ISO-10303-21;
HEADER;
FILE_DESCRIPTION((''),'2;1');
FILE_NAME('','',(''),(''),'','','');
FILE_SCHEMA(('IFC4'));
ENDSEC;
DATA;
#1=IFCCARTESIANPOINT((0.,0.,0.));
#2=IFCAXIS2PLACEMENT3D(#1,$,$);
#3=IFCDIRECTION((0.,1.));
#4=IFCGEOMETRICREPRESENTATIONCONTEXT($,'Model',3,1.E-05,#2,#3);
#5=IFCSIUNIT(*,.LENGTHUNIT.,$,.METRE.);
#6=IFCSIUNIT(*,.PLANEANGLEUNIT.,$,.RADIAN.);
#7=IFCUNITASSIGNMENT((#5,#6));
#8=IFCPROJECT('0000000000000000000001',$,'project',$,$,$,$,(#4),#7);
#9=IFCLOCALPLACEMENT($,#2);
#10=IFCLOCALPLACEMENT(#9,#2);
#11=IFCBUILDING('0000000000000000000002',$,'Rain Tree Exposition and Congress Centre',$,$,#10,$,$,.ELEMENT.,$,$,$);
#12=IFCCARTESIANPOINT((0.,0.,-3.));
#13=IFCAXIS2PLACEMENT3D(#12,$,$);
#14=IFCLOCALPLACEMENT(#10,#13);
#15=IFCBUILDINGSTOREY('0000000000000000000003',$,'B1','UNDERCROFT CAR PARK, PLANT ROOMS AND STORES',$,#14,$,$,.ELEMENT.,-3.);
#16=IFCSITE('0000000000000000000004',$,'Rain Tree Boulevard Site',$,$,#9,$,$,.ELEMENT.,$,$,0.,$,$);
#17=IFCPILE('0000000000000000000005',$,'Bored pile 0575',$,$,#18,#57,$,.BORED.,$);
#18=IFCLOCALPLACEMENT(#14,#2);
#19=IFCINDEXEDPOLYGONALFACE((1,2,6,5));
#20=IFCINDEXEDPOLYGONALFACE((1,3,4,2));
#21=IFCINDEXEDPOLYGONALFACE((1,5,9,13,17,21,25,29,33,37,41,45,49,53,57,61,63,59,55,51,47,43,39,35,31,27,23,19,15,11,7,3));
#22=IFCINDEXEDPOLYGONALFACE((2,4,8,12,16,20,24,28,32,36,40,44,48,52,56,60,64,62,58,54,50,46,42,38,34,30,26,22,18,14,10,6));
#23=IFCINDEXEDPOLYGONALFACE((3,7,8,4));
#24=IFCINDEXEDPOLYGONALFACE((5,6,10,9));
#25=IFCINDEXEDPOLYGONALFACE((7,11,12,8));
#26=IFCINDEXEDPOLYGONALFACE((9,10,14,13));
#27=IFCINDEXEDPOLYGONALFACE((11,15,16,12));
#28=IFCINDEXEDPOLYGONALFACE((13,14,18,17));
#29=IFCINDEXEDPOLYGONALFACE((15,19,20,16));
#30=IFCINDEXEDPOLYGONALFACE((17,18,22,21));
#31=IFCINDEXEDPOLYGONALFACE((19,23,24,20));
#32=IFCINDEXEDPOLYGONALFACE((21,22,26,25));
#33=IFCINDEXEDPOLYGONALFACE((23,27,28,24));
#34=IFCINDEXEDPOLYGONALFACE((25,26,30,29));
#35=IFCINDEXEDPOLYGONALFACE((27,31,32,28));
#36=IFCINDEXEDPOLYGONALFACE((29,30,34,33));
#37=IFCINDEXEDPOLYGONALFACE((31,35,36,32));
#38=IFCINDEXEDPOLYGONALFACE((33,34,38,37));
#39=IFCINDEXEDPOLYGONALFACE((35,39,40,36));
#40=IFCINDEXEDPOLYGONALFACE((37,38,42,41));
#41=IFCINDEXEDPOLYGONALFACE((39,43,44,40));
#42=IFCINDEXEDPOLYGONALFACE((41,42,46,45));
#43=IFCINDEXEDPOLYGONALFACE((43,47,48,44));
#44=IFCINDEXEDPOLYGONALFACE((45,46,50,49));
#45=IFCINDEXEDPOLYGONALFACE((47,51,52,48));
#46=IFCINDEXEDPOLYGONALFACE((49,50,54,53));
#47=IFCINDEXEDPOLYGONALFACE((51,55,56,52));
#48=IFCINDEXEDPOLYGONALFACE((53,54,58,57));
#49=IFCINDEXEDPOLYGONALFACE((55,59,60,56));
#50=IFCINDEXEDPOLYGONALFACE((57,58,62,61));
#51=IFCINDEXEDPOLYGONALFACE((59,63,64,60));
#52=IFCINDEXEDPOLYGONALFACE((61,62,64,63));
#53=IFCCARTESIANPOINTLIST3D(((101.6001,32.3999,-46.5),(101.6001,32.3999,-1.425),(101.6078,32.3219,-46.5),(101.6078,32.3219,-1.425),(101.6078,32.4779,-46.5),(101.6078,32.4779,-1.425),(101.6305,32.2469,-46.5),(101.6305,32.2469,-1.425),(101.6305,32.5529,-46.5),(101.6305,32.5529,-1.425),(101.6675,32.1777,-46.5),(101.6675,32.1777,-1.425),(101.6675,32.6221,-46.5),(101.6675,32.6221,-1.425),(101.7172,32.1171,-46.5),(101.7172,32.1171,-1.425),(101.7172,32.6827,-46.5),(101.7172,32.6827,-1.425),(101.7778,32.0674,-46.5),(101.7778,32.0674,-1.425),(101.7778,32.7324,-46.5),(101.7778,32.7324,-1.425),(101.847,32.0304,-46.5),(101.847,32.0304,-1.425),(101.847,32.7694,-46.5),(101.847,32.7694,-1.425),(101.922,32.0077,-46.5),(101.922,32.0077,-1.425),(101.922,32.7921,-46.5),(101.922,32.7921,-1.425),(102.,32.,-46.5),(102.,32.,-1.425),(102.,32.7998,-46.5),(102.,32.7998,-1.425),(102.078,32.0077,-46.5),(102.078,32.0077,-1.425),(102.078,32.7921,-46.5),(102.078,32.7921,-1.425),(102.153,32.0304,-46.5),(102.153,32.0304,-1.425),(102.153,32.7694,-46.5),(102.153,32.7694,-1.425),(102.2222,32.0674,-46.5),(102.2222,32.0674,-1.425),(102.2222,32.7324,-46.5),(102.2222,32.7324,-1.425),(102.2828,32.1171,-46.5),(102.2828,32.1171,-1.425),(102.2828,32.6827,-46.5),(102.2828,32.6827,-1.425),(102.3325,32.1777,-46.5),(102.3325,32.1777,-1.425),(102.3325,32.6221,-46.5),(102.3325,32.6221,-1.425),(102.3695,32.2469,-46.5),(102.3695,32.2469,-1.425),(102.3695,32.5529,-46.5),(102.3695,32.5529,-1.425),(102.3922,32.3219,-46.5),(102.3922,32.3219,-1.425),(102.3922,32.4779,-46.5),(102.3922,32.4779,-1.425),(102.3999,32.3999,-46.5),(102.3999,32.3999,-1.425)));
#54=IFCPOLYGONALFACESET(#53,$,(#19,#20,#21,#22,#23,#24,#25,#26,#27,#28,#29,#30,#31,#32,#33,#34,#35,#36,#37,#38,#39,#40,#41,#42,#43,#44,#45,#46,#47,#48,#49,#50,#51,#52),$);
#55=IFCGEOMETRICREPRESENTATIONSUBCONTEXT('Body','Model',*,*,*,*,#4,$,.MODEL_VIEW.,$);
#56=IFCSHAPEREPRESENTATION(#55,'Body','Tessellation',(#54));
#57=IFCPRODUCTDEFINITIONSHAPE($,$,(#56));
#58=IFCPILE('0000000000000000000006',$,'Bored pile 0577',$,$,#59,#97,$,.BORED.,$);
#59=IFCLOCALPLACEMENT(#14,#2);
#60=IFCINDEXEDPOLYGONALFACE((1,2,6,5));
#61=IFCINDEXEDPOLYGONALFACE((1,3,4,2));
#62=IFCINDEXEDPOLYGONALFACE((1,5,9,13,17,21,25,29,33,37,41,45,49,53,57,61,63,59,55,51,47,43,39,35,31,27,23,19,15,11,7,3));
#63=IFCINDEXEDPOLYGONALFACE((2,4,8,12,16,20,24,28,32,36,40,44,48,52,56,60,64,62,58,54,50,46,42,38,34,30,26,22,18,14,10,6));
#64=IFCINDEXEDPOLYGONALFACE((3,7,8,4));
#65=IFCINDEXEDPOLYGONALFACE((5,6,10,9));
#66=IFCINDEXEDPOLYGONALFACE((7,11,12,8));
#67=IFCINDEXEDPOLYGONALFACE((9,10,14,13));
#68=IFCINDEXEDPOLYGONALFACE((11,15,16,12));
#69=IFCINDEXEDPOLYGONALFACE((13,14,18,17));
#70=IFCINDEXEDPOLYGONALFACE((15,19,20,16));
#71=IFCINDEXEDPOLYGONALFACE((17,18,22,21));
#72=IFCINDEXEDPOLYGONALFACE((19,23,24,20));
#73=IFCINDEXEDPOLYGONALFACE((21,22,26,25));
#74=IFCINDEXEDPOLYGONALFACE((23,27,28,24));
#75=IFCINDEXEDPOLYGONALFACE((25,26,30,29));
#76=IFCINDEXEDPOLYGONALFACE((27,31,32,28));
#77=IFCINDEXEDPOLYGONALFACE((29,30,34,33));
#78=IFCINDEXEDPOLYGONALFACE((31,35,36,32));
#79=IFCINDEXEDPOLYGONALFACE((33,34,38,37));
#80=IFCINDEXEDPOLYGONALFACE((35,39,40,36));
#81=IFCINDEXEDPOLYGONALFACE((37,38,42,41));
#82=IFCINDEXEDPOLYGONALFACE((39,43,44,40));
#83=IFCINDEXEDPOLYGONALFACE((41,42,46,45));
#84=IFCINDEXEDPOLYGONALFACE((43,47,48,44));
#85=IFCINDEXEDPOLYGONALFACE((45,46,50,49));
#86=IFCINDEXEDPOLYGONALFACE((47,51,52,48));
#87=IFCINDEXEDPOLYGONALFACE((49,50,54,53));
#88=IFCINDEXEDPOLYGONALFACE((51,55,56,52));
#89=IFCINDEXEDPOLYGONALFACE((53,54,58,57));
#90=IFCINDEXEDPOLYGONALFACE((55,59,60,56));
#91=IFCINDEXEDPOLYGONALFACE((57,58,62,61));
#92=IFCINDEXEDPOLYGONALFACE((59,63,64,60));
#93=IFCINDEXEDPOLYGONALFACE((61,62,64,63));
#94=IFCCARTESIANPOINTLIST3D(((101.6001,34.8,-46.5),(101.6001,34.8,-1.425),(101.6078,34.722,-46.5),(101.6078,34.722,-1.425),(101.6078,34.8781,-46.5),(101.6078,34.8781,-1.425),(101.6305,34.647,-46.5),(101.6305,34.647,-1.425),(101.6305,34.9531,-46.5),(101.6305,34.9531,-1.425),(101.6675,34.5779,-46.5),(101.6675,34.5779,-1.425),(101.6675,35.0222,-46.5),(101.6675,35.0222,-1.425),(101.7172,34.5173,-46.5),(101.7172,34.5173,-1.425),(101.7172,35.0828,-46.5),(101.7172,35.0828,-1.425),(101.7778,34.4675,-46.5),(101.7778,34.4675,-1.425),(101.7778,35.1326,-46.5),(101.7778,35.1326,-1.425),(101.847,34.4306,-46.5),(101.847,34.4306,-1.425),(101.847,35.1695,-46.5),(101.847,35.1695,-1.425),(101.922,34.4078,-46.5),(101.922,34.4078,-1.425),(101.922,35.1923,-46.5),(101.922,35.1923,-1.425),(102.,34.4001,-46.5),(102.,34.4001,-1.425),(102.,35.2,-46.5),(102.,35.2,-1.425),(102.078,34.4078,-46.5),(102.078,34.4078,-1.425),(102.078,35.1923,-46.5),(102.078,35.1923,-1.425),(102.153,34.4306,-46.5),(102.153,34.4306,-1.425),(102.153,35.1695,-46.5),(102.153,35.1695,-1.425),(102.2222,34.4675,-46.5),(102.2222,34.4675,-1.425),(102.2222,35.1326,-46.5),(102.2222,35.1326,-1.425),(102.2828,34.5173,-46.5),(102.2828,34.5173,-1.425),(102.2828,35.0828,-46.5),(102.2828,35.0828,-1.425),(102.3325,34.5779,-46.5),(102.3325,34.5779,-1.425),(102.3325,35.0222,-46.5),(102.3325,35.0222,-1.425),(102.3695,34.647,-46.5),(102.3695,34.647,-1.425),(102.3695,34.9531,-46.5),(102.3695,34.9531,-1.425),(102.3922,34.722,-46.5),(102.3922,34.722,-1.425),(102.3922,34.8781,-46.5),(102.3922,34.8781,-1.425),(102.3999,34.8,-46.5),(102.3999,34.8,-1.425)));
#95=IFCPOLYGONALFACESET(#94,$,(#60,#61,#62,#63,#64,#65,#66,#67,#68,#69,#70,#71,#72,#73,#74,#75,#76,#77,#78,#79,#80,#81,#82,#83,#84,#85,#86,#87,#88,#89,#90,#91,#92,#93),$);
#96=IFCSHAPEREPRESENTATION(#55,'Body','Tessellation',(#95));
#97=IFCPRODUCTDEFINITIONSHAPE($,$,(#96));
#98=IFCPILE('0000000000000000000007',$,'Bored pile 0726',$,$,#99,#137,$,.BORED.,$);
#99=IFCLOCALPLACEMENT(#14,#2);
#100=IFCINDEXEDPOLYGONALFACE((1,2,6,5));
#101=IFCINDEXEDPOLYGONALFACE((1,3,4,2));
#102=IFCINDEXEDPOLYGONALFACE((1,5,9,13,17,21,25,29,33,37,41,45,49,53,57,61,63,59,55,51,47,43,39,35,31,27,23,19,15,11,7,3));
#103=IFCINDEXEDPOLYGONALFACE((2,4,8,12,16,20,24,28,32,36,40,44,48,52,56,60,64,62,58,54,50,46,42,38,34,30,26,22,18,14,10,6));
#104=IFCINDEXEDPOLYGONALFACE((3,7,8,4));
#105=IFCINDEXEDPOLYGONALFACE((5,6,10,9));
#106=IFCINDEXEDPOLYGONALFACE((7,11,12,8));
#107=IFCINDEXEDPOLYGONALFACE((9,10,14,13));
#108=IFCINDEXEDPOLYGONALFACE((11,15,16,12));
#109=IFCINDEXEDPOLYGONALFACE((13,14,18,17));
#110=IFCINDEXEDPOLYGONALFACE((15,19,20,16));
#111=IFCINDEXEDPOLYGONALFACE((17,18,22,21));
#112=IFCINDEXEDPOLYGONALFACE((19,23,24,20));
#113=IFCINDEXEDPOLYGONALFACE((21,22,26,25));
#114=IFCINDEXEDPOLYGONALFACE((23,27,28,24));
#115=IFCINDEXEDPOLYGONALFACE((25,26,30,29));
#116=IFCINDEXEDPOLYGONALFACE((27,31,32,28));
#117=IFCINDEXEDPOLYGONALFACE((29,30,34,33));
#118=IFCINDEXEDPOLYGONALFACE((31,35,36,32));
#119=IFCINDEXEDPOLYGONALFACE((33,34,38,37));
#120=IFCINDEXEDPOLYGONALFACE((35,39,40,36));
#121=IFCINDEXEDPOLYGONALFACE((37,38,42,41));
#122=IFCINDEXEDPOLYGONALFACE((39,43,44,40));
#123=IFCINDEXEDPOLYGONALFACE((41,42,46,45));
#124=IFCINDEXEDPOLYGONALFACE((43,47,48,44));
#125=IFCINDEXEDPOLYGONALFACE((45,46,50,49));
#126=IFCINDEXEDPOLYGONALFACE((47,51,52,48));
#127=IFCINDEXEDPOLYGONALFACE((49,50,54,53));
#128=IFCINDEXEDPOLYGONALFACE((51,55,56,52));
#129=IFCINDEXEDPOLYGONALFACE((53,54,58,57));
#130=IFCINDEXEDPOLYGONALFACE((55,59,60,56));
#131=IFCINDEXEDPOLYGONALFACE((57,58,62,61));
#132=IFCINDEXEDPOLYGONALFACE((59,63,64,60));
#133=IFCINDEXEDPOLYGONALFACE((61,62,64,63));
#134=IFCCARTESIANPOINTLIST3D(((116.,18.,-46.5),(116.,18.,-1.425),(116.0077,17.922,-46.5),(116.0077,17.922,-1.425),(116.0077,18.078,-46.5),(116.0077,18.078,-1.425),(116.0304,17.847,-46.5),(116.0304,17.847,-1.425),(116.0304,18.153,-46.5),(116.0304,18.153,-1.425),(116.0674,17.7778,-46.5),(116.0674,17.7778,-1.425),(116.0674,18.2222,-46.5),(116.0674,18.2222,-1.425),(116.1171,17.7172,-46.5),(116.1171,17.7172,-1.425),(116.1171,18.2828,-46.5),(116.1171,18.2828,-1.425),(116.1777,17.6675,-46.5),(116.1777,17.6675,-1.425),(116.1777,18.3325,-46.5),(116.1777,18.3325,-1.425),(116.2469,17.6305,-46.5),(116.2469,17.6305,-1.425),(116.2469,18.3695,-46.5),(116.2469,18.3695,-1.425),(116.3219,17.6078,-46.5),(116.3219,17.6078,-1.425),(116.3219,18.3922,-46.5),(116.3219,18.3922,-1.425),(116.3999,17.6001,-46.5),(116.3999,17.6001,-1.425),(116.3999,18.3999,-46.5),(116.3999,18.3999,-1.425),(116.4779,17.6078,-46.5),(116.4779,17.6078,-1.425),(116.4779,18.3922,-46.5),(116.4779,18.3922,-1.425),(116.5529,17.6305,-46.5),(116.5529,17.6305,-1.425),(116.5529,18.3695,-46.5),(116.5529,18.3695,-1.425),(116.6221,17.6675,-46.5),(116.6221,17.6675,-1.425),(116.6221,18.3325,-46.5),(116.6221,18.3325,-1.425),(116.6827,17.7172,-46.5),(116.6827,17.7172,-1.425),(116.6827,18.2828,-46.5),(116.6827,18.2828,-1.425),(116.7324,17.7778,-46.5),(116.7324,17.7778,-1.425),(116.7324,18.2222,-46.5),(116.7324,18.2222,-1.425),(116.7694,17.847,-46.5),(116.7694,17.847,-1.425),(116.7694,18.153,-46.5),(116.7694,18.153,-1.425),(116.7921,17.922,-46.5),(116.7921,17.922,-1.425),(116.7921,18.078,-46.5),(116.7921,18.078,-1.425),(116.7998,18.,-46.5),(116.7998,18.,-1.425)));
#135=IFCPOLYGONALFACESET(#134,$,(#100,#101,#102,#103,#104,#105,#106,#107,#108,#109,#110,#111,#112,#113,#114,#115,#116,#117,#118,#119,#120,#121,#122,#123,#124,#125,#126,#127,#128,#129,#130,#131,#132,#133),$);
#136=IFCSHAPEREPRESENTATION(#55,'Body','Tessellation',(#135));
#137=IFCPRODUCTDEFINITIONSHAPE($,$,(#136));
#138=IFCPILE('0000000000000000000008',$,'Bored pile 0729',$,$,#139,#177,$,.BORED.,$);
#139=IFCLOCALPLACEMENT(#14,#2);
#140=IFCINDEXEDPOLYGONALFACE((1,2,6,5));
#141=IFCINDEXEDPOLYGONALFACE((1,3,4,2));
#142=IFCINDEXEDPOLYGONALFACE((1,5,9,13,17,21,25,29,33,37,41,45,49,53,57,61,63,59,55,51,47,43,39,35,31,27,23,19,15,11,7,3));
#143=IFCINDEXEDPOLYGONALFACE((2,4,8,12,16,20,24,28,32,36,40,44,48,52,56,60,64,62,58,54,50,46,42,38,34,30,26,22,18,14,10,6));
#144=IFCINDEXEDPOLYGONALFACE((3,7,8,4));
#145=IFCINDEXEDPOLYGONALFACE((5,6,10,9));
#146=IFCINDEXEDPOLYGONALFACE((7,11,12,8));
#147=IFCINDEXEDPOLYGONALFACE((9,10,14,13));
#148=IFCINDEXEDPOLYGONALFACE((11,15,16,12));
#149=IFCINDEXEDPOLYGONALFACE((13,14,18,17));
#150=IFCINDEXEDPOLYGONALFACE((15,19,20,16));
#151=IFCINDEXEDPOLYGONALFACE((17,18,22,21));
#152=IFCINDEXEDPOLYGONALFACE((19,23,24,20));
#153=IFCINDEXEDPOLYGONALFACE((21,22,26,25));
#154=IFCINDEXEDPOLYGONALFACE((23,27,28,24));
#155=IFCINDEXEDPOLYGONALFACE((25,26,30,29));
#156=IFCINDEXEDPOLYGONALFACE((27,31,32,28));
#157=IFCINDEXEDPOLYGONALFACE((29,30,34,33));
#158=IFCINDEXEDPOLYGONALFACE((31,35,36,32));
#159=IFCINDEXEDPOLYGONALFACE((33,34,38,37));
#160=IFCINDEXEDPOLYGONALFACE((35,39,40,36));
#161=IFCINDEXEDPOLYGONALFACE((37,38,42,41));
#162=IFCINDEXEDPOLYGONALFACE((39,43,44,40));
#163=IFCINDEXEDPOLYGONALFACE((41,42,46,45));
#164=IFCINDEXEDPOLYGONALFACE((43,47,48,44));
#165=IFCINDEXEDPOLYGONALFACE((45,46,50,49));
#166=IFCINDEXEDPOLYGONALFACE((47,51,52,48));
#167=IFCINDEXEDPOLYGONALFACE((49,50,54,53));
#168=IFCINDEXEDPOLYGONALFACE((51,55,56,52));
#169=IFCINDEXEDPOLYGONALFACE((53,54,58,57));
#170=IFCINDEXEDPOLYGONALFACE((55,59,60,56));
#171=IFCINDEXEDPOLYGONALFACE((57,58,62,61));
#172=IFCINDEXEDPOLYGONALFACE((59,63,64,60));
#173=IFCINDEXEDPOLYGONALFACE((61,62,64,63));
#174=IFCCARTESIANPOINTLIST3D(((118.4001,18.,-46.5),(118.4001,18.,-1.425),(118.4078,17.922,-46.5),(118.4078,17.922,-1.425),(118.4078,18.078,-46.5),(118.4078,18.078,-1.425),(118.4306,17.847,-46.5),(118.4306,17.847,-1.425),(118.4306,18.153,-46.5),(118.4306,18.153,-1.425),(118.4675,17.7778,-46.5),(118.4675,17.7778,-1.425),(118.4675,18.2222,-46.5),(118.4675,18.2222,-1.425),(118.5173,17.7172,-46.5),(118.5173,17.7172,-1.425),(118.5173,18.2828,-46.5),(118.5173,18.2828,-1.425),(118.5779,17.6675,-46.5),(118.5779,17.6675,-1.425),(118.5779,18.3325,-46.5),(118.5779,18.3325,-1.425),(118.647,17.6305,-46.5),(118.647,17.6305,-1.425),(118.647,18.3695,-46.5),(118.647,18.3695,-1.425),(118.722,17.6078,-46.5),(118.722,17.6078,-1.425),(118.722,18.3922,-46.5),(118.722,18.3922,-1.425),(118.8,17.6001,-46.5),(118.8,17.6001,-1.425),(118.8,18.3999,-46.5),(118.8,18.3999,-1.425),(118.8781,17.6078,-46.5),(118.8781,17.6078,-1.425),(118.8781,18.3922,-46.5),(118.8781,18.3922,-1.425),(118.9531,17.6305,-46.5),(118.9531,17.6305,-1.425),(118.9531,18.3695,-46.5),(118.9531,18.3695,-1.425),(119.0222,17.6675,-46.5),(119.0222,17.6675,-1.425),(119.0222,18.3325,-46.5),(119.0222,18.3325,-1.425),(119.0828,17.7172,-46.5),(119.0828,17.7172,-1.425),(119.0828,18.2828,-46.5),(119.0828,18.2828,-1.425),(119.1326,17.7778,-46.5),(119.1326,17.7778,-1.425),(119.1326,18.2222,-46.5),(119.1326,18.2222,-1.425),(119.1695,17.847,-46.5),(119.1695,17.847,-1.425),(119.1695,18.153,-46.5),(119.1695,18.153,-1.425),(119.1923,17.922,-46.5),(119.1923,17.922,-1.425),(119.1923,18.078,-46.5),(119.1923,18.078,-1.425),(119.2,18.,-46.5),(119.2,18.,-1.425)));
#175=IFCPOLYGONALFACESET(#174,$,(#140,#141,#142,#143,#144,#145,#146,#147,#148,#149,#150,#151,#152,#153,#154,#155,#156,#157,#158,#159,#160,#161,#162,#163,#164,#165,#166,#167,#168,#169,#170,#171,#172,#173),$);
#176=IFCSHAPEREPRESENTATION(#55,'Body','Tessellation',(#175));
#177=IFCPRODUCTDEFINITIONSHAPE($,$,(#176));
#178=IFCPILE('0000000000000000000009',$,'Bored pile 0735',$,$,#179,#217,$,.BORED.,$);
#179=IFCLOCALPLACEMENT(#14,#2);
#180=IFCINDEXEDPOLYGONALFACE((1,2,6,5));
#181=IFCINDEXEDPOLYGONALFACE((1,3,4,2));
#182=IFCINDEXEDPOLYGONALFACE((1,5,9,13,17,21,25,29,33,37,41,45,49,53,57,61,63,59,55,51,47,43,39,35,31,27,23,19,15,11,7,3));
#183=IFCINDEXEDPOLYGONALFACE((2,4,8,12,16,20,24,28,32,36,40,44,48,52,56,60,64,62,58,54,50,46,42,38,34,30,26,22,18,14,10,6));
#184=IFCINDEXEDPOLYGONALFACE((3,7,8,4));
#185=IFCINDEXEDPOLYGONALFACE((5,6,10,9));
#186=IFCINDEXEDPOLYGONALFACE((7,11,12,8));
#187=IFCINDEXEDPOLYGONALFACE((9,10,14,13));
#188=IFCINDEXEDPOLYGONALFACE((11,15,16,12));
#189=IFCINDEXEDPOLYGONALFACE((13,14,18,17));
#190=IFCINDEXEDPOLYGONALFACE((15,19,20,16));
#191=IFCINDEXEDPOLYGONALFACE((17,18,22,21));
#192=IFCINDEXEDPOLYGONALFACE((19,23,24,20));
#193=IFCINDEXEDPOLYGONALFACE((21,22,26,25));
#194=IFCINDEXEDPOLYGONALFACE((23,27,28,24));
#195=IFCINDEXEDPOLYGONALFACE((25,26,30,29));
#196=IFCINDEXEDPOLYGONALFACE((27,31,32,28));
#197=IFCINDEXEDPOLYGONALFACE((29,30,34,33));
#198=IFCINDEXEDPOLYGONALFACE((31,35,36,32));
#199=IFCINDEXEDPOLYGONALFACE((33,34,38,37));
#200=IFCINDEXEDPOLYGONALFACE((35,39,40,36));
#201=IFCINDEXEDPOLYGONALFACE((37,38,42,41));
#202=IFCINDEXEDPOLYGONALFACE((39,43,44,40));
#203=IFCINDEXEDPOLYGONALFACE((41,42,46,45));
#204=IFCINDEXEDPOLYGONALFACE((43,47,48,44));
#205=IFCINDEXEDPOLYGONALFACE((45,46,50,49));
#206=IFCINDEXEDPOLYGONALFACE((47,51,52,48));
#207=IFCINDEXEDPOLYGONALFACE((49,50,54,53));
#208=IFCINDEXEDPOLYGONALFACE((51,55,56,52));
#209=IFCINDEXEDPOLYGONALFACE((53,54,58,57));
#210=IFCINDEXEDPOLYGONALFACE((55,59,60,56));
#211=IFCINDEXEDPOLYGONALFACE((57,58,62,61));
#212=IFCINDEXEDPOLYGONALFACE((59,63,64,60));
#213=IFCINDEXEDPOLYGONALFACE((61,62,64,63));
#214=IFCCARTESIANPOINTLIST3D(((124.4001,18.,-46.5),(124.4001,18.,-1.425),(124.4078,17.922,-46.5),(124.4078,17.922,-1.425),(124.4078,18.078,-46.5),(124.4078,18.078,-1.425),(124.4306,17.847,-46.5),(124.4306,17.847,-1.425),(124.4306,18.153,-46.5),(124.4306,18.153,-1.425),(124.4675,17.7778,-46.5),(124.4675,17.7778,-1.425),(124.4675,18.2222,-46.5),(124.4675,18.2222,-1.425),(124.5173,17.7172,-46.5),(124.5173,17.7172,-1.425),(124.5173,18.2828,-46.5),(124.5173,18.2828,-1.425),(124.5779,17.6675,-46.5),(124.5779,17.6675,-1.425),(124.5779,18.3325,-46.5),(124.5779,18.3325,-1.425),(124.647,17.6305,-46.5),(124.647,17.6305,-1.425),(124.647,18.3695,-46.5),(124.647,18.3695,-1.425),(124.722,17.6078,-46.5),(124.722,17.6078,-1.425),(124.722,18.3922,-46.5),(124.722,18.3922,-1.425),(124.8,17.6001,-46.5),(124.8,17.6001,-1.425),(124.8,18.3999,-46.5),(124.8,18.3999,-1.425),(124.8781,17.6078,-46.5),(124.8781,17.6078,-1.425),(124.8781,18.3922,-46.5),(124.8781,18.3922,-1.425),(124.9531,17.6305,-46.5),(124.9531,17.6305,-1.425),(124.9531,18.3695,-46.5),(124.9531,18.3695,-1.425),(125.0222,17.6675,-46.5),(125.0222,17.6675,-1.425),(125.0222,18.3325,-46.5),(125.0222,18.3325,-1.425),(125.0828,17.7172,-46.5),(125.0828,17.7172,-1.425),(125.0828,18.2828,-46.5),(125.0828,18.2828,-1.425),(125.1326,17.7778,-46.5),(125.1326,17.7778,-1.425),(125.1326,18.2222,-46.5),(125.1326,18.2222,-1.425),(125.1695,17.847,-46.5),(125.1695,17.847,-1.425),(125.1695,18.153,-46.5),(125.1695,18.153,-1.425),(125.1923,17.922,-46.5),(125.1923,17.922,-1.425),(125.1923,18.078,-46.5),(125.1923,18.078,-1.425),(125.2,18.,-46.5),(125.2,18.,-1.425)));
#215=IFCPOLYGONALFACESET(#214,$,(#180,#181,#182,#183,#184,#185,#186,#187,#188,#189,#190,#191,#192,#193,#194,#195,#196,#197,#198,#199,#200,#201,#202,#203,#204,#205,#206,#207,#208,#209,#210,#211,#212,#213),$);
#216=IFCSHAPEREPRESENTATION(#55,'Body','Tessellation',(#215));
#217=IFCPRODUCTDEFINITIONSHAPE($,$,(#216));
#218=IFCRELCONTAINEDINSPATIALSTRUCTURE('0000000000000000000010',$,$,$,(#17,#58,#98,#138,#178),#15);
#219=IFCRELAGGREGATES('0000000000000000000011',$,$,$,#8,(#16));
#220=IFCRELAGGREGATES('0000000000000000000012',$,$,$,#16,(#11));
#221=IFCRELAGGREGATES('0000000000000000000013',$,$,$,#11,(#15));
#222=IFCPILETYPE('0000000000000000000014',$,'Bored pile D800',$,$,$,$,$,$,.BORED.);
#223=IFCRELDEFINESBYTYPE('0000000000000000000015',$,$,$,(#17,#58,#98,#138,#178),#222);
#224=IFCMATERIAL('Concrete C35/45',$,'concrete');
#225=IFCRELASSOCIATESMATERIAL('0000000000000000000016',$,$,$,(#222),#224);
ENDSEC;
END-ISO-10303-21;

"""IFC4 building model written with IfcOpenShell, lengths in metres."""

from ifc_helpers import new_model, si_unit, direction, frame, origin, origin_2d, place, context, subcontext, project, spatial, circle, extrude, material, material_profile, profile_set, type_object, element, save


model = new_model("IFC4")

# Units and contexts
model_context = context("Model", 3, precision=1e-05, world=origin(), true_north=direction((0.0, 1.0)))
body_context = subcontext(model_context, "Body", "Model", "MODEL_VIEW")
ifc_project = project(units=[si_unit("LENGTHUNIT", "METRE"), si_unit("PLANEANGLEUNIT", "RADIAN")], contexts=[model_context])

# Site, building, storey
site_placement = place(None, origin())
site = spatial("IfcSite", under=ifc_project, at=site_placement, Name="Rain Tree Boulevard Site", CompositionType="ELEMENT", RefElevation=0.0)
building_placement = place(site_placement, origin())
building = spatial("IfcBuilding", under=site, at=building_placement, Name="Rain Tree Exposition and Congress Centre", CompositionType="ELEMENT")
storey_placement = place(building_placement, frame((0.0, 0.0, -3.0)))
storey = spatial("IfcBuildingStorey", under=building, at=storey_placement, Name="B1", Description="UNDERCROFT CAR PARK, PLANT ROOMS AND STORES", CompositionType="ELEMENT", Elevation=-3.0)

# Piles
ifc_material_1 = material(Name="Concrete C35/45", Category="concrete")
ifc_material_profile_1 = material_profile(ifc_material_1, circle(Radius=0.3999, at=origin_2d()), Name="D800")
ifc_profile_set_1 = profile_set([ifc_material_profile_1], Name="Concrete C35/45")
pile_type = type_object("IfcPileType", Name="Bored pile D800", PredefinedType="BORED", material=ifc_profile_set_1)
for number, where, z_axis, x_axis, name in (
    (1, (102.0, 32.3999, -1.425), (0.0, 0.0, -1.0), (1.0, 0.0, 0.0), "Bored pile 0575"),
    (2, (102.0, 34.8, -1.425), (0.0, 0.0, -1.0), (1.0, 0.0, 0.0), "Bored pile 0577"),
    (3, (116.3999, 18.0, -1.425), (0.0, 0.0, -1.0), (1.0, 0.0, 0.0), "Bored pile 0726"),
    (4, (118.8, 18.0, -1.425), (0.0, 0.0, -1.0), (1.0, 0.0, 0.0), "Bored pile 0729"),
    (5, (124.8, 18.0, -1.425), (0.0, 0.0, -1.0), (1.0, 0.0, 0.0), "Bored pile 0735"),
):
    element("IfcPile", number, at=place(storey_placement, frame(where, z_axis=z_axis, x_axis=x_axis)), inside=storey, type_object=pile_type, Name=name, PredefinedType="BORED", context=body_context, shape_type="SweptSolid", body=[
        extrude(circle(Radius=0.3999, at=origin_2d()), origin(), (0.0, 0.0, 1.0), 45.075),
    ])

save(model, "model.ifc")
